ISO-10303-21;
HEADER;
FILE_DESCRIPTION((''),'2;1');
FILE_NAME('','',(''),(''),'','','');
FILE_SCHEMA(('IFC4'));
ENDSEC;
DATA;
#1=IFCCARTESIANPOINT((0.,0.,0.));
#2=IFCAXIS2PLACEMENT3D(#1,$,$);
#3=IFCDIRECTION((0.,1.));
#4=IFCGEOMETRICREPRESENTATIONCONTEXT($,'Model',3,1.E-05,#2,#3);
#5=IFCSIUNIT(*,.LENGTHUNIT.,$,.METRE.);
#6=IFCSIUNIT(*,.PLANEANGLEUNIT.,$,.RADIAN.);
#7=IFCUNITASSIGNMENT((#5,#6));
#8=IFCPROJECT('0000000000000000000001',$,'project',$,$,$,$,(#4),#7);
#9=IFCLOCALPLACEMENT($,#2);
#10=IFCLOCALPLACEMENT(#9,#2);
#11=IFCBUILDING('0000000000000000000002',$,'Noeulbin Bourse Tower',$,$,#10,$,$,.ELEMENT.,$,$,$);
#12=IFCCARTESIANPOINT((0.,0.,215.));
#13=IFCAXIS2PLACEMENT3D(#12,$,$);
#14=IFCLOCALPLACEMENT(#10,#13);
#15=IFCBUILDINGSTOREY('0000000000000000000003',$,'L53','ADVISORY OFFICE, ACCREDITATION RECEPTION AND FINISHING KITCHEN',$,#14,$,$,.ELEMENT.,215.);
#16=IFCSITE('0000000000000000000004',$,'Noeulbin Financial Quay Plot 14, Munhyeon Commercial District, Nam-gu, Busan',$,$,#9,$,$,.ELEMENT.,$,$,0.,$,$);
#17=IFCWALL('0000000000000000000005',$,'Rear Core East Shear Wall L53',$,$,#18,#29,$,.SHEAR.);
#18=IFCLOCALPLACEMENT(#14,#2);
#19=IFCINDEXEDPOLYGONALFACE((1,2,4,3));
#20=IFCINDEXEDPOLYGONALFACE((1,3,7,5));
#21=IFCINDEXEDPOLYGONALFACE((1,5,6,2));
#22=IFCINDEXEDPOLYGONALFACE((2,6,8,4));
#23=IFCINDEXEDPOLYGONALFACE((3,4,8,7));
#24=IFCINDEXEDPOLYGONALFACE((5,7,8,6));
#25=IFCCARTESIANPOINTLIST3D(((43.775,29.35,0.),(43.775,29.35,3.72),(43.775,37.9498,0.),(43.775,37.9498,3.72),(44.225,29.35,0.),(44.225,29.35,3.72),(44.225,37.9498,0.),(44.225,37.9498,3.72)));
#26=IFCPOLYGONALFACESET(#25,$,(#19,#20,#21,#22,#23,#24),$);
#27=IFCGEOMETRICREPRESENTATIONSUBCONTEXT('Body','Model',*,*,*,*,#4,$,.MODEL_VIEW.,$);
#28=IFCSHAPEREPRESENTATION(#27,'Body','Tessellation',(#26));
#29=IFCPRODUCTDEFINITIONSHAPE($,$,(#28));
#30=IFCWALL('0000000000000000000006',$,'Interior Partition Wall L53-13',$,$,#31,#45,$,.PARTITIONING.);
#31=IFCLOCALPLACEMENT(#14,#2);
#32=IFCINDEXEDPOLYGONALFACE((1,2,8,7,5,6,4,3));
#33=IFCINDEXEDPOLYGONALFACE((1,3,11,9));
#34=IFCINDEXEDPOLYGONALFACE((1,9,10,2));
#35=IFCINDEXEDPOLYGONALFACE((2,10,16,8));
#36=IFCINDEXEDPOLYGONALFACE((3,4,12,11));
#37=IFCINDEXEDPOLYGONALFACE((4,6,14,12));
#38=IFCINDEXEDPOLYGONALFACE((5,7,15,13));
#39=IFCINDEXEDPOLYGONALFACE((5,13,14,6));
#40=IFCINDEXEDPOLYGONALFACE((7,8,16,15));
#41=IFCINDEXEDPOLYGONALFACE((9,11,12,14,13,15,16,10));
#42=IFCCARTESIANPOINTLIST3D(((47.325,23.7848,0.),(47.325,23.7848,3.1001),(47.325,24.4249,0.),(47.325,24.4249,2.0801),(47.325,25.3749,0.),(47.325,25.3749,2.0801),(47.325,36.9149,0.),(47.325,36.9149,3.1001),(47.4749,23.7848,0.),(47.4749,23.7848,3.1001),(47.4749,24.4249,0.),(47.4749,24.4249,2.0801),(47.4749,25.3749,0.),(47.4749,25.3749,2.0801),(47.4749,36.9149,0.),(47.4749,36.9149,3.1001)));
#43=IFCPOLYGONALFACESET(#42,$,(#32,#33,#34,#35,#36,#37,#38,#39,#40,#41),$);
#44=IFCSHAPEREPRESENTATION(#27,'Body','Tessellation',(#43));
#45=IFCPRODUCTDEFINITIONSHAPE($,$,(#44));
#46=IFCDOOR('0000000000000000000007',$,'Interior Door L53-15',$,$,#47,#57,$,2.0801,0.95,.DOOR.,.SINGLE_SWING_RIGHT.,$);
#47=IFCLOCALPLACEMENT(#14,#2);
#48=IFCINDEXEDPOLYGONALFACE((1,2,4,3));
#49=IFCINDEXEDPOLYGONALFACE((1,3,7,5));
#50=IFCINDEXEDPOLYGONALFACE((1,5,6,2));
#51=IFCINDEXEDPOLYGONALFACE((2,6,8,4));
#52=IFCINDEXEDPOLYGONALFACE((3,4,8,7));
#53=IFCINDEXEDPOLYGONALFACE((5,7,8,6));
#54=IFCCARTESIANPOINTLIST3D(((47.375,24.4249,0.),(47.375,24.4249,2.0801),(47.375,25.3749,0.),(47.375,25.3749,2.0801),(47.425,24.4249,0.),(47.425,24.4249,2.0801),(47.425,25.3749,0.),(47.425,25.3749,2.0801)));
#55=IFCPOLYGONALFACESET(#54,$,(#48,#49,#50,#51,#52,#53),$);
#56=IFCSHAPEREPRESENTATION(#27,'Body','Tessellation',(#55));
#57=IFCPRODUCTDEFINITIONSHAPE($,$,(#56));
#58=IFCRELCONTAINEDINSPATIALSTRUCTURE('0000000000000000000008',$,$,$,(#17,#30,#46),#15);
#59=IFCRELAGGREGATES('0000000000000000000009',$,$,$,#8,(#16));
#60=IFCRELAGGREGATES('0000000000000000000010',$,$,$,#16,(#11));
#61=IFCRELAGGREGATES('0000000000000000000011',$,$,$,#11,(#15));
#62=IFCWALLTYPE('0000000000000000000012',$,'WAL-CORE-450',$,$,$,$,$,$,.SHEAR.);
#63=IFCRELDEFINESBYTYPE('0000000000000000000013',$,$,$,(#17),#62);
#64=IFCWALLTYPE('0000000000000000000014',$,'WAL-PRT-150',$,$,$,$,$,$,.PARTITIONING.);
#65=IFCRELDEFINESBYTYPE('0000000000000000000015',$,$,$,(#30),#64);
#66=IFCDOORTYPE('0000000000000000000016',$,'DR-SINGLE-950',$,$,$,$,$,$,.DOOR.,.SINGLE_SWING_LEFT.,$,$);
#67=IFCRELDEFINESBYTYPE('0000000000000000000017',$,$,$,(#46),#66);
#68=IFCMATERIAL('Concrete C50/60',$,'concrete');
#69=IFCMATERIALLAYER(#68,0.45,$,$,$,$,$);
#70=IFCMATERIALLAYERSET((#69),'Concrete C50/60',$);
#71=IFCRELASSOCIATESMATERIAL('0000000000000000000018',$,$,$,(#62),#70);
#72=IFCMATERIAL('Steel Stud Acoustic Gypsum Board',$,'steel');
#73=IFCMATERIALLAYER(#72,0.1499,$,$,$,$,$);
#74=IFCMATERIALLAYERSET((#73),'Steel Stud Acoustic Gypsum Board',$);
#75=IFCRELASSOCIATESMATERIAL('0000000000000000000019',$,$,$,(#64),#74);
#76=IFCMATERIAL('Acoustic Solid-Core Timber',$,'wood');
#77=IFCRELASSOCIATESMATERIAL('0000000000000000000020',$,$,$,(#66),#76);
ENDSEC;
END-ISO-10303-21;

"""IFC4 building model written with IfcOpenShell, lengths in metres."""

from ifc_helpers import new_model, si_unit, direction, frame, frame_2d, origin, place, context, subcontext, project, spatial, rectangle, extrude, material, layer, layer_set, type_object, element, fill, save


model = new_model("IFC4")

# Units and contexts
model_context = context("Model", 3, precision=1e-05, world=origin(), true_north=direction((0.0, 1.0)))
body_context = subcontext(model_context, "Body", "Model", "MODEL_VIEW")
ifc_project = project(units=[si_unit("LENGTHUNIT", "METRE"), si_unit("PLANEANGLEUNIT", "RADIAN")], contexts=[model_context])

# Site, building, storey
site_placement = place(None, origin())
site = spatial("IfcSite", under=ifc_project, at=site_placement, Name="Noeulbin Financial Quay Plot 14, Munhyeon Commercial District, Nam-gu, Busan", CompositionType="ELEMENT", RefElevation=0.0)
building_placement = place(site_placement, origin())
building = spatial("IfcBuilding", under=site, at=building_placement, Name="Noeulbin Bourse Tower", CompositionType="ELEMENT")
storey_placement = place(building_placement, frame((0.0, 0.0, 215.0)))
storey = spatial("IfcBuildingStorey", under=building, at=storey_placement, Name="L53", Description="ADVISORY OFFICE, ACCREDITATION RECEPTION AND FINISHING KITCHEN", CompositionType="ELEMENT", Elevation=215.0)

# Wall
ifc_material_1 = material(Name="Concrete C50/60", Category="concrete")
ifc_layer_1 = layer(ifc_material_1, 0.45)
ifc_layer_set_1 = layer_set([ifc_layer_1], Name="Concrete C50/60")
wall_type_1 = type_object("IfcWallType", Name="WAL-CORE-450", PredefinedType="SHEAR", material=ifc_layer_set_1)
wall_1_placement = place(storey_placement, frame((44.0, 29.3501, 0.0), z_axis=(0.0, 0.0, 1.0), x_axis=(0.0, 1.0, 0.0)))
element("IfcWall", 1, at=wall_1_placement, inside=storey, type_object=wall_type_1, Name="Rear Core East Shear Wall L53", PredefinedType="SHEAR", context=body_context, shape_type="SweptSolid", body=[
    extrude(rectangle(XDim=8.5999, YDim=0.45, at=frame_2d((4.2998, 0.0))), origin(), (0.0, 0.0, 1.0), 3.72),
])

# Wall, opening, door
ifc_material_2 = material(Name="Steel Stud Acoustic Gypsum Board", Category="steel")
ifc_layer_2 = layer(ifc_material_2, 0.1499)
ifc_layer_set_2 = layer_set([ifc_layer_2], Name="Steel Stud Acoustic Gypsum Board")
wall_type_2 = type_object("IfcWallType", Name="WAL-PRT-150", PredefinedType="PARTITIONING", material=ifc_layer_set_2)
wall_2_placement = place(storey_placement, frame((47.3999, 23.7849, 0.0), z_axis=(0.0, 0.0, 1.0), x_axis=(0.0, 1.0, 0.0)))
wall_2 = element("IfcWall", 2, at=wall_2_placement, inside=storey, type_object=wall_type_2, Name="Interior Partition Wall L53-13", PredefinedType="PARTITIONING", context=body_context, shape_type="SweptSolid", body=[
    extrude(rectangle(XDim=13.1301, YDim=0.1499, at=frame_2d((6.5649, 0.0))), origin(), (0.0, 0.0, 1.0), 3.1001),
])
opening_placement = place(wall_2_placement, frame((0.6399, 0.0, 0.0)))
opening = element("IfcOpeningElement", 3, at=opening_placement, cuts=wall_2, PredefinedType="OPENING", context=body_context, shape_type="SweptSolid", body=[
    extrude(rectangle(XDim=0.95, YDim=2.0801, at=frame_2d((0.4751, 1.04))), frame((0.0, 0.085, 0.0), z_axis=(0.0, -1.0, 0.0), x_axis=(1.0, 0.0, 0.0)), (0.0, 0.0, 1.0), 0.1699),
])
ifc_material_3 = material(Name="Acoustic Solid-Core Timber", Category="wood")
door_type = type_object("IfcDoorType", Name="DR-SINGLE-950", OperationType="SINGLE_SWING_LEFT", PredefinedType="DOOR", material=ifc_material_3)
door_placement = place(opening_placement, origin())
door = element("IfcDoor", 4, at=door_placement, inside=storey, type_object=door_type, Name="Interior Door L53-15", OperationType="SINGLE_SWING_RIGHT", OverallHeight=2.0801, OverallWidth=0.95, PredefinedType="DOOR", context=body_context, shape_type="SweptSolid", body=[
    extrude(rectangle(XDim=0.95, YDim=2.0801, at=frame_2d((0.4751, 1.04))), frame((0.0, 0.0249, 0.0), z_axis=(0.0, -1.0, 0.0), x_axis=(1.0, 0.0, 0.0)), (0.0, 0.0, 1.0), 0.05),
])
fill(opening, door)

save(model, "model.ifc")
